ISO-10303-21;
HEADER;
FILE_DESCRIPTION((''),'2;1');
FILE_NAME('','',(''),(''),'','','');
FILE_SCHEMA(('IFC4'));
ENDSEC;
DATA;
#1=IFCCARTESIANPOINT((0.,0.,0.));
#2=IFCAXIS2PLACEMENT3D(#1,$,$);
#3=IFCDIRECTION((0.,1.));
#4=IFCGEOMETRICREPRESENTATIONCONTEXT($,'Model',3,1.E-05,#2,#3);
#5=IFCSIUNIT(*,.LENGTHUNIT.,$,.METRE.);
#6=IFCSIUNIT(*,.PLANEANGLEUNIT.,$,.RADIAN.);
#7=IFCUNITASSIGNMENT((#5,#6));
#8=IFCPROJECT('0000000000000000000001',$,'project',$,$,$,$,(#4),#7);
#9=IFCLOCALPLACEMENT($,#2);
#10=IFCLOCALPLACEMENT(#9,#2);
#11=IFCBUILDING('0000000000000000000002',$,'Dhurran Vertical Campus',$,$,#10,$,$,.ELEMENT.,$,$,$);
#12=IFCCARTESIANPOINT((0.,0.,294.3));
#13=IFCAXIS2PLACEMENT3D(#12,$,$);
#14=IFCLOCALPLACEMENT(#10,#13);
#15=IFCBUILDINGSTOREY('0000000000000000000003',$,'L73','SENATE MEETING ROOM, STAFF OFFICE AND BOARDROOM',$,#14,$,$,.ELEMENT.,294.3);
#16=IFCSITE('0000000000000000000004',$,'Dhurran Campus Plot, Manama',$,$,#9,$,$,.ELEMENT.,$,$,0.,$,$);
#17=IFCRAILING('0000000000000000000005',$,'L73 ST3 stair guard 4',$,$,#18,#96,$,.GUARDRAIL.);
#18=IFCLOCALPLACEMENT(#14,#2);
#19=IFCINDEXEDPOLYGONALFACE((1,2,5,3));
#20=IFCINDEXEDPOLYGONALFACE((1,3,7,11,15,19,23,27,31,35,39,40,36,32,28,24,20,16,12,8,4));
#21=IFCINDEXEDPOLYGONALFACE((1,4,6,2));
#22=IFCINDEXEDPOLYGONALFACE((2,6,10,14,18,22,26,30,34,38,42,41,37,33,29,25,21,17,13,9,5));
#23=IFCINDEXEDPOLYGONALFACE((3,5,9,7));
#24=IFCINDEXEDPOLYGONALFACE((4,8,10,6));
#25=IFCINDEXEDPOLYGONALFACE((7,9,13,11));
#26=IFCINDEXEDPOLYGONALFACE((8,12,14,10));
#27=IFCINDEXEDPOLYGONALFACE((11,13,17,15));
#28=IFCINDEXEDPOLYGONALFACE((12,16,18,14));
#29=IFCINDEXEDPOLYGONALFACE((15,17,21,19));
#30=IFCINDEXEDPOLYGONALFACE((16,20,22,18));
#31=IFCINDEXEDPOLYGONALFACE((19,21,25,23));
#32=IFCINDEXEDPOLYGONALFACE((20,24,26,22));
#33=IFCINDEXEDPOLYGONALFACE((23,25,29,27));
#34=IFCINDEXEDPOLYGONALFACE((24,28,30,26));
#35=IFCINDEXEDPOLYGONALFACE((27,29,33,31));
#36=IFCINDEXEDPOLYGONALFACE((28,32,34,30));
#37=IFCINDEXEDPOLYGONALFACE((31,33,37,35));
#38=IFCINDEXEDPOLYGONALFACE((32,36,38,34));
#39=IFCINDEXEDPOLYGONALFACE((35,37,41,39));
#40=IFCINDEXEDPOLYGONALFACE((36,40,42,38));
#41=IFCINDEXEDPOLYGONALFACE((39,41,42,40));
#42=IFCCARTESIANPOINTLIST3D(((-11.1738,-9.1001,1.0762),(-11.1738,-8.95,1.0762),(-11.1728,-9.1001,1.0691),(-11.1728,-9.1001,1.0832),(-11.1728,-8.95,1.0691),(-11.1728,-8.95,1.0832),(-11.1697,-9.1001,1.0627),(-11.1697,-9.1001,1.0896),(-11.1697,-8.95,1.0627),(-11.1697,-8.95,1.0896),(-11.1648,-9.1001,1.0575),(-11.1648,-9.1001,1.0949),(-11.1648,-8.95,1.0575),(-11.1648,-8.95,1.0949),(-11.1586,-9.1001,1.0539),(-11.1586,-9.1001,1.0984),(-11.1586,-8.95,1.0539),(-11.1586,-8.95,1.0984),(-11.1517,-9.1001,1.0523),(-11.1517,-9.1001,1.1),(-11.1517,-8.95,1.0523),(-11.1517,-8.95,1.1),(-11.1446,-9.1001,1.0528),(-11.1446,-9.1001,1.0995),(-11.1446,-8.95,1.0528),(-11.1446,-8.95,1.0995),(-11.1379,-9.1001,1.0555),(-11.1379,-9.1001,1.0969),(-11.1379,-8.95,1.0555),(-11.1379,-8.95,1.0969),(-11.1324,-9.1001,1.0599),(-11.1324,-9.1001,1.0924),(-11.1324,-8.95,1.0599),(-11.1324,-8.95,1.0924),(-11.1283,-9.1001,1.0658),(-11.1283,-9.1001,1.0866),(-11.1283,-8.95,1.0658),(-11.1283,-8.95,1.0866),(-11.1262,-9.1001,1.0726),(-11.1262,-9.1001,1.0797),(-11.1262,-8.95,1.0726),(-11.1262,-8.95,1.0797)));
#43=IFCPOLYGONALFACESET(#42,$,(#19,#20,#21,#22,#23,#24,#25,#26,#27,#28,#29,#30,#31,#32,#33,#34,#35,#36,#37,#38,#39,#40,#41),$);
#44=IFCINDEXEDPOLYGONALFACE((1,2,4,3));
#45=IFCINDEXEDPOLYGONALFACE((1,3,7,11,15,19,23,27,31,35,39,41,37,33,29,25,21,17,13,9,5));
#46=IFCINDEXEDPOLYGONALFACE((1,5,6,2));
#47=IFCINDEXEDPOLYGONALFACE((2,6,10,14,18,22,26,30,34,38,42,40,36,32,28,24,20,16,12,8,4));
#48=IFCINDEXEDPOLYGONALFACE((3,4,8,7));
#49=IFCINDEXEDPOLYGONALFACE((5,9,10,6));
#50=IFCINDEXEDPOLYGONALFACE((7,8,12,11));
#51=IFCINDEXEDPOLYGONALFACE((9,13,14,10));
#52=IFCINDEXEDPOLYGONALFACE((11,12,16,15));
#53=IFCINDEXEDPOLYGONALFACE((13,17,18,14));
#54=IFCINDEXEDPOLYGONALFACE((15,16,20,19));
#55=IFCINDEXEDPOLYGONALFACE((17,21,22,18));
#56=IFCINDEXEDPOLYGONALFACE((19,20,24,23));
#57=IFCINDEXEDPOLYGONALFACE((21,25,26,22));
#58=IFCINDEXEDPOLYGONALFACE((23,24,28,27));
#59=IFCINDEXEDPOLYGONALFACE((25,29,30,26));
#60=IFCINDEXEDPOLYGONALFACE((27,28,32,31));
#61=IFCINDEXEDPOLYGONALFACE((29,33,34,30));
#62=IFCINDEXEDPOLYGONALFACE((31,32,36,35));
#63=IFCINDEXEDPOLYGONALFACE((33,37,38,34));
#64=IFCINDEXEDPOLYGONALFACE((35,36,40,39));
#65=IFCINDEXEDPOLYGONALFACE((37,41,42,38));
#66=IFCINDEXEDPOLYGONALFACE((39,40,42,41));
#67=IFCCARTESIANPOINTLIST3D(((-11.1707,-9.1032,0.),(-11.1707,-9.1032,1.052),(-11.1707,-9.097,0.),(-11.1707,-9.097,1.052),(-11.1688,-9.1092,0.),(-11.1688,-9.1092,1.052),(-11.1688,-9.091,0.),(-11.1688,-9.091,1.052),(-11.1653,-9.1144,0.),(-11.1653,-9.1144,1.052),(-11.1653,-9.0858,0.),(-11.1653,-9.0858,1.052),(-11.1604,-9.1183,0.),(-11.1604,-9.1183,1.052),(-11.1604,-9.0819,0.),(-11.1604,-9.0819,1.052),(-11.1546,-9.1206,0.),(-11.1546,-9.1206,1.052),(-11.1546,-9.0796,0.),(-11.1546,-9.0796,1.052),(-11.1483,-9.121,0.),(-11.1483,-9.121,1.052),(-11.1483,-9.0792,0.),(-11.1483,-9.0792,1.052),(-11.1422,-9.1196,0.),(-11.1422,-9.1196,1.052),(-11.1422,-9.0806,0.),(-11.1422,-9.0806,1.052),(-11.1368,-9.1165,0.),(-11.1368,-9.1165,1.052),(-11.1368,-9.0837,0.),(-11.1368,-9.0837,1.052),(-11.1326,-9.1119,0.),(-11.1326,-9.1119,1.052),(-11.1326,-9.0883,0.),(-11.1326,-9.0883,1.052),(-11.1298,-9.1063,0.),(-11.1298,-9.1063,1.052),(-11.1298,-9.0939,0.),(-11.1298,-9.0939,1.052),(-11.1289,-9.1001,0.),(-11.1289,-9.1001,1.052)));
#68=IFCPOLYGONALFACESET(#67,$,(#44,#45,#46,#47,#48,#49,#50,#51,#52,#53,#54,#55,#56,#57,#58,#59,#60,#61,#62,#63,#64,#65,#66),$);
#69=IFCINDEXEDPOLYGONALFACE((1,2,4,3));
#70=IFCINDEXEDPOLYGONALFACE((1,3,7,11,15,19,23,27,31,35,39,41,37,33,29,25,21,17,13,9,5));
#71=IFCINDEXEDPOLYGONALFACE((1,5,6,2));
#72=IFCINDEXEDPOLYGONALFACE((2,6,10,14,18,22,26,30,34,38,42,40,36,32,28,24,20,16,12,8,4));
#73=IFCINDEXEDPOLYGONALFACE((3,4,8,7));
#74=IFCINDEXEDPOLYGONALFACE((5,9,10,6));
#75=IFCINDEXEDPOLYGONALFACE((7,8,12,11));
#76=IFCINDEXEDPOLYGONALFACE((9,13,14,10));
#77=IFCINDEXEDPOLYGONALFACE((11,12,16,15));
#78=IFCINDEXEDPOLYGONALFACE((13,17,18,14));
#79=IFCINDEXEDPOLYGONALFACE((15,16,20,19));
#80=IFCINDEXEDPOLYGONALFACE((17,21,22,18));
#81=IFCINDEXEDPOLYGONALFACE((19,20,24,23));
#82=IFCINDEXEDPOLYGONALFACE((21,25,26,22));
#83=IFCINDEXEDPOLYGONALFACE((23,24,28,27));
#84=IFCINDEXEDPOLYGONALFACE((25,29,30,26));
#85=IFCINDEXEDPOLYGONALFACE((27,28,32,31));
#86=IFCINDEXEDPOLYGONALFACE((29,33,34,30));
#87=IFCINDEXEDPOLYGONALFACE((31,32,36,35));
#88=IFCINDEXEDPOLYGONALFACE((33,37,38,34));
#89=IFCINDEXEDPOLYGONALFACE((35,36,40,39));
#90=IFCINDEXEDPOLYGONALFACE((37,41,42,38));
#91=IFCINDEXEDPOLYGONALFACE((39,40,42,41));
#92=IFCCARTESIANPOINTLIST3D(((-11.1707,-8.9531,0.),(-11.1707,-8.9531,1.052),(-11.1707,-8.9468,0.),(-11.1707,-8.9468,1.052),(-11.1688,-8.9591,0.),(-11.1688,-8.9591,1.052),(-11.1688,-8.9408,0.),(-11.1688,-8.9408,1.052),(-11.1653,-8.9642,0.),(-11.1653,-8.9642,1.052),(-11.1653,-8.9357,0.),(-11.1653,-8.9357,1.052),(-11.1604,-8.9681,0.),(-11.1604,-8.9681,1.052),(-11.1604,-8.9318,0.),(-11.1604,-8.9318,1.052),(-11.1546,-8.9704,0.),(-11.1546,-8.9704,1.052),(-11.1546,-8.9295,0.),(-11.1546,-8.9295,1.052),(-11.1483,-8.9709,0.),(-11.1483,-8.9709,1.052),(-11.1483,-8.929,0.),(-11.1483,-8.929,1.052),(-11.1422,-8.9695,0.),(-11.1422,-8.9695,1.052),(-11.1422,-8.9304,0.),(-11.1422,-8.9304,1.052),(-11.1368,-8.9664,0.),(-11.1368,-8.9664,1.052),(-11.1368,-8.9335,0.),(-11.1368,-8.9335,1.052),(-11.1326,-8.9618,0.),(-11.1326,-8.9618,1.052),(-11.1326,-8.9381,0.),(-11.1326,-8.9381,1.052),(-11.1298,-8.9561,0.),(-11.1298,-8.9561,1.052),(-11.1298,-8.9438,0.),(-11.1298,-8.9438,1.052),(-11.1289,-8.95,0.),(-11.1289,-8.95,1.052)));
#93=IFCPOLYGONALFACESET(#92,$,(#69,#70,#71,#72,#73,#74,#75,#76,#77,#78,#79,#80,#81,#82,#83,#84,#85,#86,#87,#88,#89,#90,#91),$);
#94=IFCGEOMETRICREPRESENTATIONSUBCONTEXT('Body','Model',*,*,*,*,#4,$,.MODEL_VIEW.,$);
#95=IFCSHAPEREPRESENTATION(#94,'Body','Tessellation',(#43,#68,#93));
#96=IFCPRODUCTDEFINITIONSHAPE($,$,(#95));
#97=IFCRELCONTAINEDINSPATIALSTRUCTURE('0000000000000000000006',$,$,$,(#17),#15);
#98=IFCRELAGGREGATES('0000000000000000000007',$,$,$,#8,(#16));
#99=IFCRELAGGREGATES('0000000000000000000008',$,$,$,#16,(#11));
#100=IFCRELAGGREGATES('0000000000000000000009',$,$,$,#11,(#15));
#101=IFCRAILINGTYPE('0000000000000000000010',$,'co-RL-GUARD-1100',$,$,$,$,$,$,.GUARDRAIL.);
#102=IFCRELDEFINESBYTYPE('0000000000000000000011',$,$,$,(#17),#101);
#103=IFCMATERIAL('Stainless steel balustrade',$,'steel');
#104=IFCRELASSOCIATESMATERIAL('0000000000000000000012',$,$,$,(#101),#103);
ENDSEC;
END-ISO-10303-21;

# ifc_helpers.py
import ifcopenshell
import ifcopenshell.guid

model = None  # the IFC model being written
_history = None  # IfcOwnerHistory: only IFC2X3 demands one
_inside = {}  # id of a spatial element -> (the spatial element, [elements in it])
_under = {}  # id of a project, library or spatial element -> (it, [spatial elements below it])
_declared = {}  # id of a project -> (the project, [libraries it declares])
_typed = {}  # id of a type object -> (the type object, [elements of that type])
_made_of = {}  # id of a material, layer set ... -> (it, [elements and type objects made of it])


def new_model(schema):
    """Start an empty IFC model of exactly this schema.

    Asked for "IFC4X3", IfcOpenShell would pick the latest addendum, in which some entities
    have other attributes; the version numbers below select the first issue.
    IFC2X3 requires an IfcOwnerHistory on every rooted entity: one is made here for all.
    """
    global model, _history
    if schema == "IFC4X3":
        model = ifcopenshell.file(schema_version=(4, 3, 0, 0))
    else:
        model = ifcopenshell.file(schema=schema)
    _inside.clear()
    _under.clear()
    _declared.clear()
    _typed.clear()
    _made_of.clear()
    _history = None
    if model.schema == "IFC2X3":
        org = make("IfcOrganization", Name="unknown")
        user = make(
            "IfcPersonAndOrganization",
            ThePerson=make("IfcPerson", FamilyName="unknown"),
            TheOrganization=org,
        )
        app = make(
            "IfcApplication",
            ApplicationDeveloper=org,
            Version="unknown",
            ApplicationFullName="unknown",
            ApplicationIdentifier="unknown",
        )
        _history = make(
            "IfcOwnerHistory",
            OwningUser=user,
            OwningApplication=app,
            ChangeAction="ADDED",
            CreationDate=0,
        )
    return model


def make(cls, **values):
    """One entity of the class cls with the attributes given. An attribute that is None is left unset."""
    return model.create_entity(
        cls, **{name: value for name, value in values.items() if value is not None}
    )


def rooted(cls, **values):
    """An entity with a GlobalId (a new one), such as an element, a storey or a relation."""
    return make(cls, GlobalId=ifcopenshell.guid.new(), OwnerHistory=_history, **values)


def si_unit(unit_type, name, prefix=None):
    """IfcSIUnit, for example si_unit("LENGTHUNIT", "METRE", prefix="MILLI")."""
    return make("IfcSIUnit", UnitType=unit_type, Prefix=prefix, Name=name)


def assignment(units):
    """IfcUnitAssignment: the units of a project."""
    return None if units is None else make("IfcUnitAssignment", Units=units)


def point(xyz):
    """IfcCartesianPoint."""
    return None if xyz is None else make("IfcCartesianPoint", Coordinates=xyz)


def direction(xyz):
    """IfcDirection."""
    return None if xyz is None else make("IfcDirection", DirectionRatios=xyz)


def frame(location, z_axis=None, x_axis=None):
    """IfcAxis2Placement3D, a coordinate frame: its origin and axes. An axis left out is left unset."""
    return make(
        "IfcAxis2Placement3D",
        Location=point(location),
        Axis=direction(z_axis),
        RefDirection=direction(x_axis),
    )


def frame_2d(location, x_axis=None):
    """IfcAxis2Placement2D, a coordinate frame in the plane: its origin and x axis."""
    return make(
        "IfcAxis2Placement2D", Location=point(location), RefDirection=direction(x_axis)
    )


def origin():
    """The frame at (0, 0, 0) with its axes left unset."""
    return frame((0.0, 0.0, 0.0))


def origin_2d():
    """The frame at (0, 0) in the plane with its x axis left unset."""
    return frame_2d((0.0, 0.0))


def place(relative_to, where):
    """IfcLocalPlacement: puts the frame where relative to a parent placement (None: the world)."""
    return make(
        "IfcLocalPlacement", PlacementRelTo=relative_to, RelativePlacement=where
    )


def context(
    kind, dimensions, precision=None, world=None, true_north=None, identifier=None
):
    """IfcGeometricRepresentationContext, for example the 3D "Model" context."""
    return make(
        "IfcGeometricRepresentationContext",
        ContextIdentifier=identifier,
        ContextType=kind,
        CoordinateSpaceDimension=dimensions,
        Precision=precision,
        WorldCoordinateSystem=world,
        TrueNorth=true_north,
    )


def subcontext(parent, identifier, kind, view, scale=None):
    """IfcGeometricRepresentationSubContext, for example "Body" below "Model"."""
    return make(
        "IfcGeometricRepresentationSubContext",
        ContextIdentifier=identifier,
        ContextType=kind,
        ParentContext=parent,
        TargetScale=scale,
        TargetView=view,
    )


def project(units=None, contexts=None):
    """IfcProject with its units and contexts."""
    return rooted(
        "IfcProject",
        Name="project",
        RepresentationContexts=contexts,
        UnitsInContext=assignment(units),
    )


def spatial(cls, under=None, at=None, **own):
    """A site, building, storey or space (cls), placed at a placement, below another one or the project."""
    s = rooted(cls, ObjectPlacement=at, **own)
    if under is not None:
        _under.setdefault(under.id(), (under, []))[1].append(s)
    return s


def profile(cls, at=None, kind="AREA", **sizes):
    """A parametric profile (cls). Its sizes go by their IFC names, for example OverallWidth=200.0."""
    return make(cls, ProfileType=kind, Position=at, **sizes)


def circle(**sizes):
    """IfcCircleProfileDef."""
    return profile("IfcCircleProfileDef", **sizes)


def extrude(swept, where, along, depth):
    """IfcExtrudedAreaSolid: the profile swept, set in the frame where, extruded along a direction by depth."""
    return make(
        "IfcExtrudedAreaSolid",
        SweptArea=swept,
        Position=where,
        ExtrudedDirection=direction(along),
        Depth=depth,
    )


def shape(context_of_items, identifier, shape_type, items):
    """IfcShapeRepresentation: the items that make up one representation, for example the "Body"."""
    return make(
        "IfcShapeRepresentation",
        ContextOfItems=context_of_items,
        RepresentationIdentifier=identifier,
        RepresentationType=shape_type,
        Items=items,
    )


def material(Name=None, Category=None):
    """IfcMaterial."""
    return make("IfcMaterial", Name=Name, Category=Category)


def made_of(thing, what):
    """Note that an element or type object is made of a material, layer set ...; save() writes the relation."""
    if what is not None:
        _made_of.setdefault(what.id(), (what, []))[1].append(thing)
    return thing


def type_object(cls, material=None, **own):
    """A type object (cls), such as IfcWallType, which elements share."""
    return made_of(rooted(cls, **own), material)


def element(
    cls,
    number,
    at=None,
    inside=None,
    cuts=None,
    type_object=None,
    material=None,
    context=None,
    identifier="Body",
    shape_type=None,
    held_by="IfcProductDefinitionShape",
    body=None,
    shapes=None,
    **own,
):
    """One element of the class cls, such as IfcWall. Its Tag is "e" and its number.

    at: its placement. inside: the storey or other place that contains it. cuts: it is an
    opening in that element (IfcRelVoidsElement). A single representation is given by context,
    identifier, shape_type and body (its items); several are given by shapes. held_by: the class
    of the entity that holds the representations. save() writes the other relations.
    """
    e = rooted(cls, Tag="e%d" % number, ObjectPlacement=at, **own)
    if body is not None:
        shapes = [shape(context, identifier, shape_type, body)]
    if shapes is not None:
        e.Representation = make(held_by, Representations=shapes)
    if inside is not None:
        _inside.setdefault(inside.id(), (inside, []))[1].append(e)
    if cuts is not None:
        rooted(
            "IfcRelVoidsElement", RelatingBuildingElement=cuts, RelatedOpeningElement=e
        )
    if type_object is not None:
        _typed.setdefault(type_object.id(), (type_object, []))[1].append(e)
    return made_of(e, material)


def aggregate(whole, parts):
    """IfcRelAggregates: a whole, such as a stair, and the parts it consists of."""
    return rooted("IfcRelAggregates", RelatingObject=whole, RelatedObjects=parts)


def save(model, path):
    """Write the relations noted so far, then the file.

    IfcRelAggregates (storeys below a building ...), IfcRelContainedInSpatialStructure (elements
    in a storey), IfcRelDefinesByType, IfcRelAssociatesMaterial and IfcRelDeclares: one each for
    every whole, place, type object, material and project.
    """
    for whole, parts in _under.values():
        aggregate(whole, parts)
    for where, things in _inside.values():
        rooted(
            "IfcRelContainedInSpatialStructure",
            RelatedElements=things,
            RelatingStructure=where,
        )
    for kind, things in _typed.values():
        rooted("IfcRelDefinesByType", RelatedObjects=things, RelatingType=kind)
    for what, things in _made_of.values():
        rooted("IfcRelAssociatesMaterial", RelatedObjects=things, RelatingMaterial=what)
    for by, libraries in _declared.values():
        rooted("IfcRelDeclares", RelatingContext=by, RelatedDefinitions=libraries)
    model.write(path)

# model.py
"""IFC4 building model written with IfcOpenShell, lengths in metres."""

from ifc_helpers import new_model, si_unit, direction, frame, origin, origin_2d, place, context, subcontext, project, spatial, circle, extrude, material, type_object, element, save


model = new_model("IFC4")

# Units and contexts
model_context = context("Model", 3, precision=1e-05, world=origin(), true_north=direction((0.0, 1.0)))
body_context = subcontext(model_context, "Body", "Model", "MODEL_VIEW")
ifc_project = project(units=[si_unit("LENGTHUNIT", "METRE"), si_unit("PLANEANGLEUNIT", "RADIAN")], contexts=[model_context])

# Site, building, storey
site_placement = place(None, origin())
site = spatial("IfcSite", under=ifc_project, at=site_placement, Name="Dhurran Campus Plot, Manama", CompositionType="ELEMENT", RefElevation=0.0)
building_placement = place(site_placement, origin())
building = spatial("IfcBuilding", under=site, at=building_placement, Name="Dhurran Vertical Campus", CompositionType="ELEMENT")
storey_placement = place(building_placement, frame((0.0, 0.0, 294.3)))
storey = spatial("IfcBuildingStorey", under=building, at=storey_placement, Name="L73", Description="SENATE MEETING ROOM, STAFF OFFICE AND BOARDROOM", CompositionType="ELEMENT", Elevation=294.3)

# Railing
ifc_material_1 = material(Name="Stainless steel balustrade", Category="steel")
railing_type_1 = type_object("IfcRailingType", Name="co-RL-GUARD-1100", PredefinedType="GUARDRAIL", material=ifc_material_1)
railing_1_placement = place(storey_placement, frame((-11.1499, -9.1001, 0.0)))
element("IfcRailing", 1, at=railing_1_placement, inside=storey, type_object=railing_type_1, Name="L73 ST3 stair guard 4", PredefinedType="GUARDRAIL", context=body_context, shape_type="SweptSolid", body=[
    extrude(circle(Radius=0.0239, at=origin_2d()), frame((0.0, 0.0, 1.0762), z_axis=(0.0, 1.0, 0.0), x_axis=(-1.0, 0.0, 0.0)), (0.0, 0.0, 1.0), 0.1501),
    extrude(circle(Radius=0.021, at=origin_2d()), origin(), (0.0, 0.0, 1.0), 1.052),
    extrude(circle(Radius=0.021, at=origin_2d()), frame((0.0, 0.1501, 0.0)), (0.0, 0.0, 1.0), 1.052),
])

save(model, "model.ifc")
